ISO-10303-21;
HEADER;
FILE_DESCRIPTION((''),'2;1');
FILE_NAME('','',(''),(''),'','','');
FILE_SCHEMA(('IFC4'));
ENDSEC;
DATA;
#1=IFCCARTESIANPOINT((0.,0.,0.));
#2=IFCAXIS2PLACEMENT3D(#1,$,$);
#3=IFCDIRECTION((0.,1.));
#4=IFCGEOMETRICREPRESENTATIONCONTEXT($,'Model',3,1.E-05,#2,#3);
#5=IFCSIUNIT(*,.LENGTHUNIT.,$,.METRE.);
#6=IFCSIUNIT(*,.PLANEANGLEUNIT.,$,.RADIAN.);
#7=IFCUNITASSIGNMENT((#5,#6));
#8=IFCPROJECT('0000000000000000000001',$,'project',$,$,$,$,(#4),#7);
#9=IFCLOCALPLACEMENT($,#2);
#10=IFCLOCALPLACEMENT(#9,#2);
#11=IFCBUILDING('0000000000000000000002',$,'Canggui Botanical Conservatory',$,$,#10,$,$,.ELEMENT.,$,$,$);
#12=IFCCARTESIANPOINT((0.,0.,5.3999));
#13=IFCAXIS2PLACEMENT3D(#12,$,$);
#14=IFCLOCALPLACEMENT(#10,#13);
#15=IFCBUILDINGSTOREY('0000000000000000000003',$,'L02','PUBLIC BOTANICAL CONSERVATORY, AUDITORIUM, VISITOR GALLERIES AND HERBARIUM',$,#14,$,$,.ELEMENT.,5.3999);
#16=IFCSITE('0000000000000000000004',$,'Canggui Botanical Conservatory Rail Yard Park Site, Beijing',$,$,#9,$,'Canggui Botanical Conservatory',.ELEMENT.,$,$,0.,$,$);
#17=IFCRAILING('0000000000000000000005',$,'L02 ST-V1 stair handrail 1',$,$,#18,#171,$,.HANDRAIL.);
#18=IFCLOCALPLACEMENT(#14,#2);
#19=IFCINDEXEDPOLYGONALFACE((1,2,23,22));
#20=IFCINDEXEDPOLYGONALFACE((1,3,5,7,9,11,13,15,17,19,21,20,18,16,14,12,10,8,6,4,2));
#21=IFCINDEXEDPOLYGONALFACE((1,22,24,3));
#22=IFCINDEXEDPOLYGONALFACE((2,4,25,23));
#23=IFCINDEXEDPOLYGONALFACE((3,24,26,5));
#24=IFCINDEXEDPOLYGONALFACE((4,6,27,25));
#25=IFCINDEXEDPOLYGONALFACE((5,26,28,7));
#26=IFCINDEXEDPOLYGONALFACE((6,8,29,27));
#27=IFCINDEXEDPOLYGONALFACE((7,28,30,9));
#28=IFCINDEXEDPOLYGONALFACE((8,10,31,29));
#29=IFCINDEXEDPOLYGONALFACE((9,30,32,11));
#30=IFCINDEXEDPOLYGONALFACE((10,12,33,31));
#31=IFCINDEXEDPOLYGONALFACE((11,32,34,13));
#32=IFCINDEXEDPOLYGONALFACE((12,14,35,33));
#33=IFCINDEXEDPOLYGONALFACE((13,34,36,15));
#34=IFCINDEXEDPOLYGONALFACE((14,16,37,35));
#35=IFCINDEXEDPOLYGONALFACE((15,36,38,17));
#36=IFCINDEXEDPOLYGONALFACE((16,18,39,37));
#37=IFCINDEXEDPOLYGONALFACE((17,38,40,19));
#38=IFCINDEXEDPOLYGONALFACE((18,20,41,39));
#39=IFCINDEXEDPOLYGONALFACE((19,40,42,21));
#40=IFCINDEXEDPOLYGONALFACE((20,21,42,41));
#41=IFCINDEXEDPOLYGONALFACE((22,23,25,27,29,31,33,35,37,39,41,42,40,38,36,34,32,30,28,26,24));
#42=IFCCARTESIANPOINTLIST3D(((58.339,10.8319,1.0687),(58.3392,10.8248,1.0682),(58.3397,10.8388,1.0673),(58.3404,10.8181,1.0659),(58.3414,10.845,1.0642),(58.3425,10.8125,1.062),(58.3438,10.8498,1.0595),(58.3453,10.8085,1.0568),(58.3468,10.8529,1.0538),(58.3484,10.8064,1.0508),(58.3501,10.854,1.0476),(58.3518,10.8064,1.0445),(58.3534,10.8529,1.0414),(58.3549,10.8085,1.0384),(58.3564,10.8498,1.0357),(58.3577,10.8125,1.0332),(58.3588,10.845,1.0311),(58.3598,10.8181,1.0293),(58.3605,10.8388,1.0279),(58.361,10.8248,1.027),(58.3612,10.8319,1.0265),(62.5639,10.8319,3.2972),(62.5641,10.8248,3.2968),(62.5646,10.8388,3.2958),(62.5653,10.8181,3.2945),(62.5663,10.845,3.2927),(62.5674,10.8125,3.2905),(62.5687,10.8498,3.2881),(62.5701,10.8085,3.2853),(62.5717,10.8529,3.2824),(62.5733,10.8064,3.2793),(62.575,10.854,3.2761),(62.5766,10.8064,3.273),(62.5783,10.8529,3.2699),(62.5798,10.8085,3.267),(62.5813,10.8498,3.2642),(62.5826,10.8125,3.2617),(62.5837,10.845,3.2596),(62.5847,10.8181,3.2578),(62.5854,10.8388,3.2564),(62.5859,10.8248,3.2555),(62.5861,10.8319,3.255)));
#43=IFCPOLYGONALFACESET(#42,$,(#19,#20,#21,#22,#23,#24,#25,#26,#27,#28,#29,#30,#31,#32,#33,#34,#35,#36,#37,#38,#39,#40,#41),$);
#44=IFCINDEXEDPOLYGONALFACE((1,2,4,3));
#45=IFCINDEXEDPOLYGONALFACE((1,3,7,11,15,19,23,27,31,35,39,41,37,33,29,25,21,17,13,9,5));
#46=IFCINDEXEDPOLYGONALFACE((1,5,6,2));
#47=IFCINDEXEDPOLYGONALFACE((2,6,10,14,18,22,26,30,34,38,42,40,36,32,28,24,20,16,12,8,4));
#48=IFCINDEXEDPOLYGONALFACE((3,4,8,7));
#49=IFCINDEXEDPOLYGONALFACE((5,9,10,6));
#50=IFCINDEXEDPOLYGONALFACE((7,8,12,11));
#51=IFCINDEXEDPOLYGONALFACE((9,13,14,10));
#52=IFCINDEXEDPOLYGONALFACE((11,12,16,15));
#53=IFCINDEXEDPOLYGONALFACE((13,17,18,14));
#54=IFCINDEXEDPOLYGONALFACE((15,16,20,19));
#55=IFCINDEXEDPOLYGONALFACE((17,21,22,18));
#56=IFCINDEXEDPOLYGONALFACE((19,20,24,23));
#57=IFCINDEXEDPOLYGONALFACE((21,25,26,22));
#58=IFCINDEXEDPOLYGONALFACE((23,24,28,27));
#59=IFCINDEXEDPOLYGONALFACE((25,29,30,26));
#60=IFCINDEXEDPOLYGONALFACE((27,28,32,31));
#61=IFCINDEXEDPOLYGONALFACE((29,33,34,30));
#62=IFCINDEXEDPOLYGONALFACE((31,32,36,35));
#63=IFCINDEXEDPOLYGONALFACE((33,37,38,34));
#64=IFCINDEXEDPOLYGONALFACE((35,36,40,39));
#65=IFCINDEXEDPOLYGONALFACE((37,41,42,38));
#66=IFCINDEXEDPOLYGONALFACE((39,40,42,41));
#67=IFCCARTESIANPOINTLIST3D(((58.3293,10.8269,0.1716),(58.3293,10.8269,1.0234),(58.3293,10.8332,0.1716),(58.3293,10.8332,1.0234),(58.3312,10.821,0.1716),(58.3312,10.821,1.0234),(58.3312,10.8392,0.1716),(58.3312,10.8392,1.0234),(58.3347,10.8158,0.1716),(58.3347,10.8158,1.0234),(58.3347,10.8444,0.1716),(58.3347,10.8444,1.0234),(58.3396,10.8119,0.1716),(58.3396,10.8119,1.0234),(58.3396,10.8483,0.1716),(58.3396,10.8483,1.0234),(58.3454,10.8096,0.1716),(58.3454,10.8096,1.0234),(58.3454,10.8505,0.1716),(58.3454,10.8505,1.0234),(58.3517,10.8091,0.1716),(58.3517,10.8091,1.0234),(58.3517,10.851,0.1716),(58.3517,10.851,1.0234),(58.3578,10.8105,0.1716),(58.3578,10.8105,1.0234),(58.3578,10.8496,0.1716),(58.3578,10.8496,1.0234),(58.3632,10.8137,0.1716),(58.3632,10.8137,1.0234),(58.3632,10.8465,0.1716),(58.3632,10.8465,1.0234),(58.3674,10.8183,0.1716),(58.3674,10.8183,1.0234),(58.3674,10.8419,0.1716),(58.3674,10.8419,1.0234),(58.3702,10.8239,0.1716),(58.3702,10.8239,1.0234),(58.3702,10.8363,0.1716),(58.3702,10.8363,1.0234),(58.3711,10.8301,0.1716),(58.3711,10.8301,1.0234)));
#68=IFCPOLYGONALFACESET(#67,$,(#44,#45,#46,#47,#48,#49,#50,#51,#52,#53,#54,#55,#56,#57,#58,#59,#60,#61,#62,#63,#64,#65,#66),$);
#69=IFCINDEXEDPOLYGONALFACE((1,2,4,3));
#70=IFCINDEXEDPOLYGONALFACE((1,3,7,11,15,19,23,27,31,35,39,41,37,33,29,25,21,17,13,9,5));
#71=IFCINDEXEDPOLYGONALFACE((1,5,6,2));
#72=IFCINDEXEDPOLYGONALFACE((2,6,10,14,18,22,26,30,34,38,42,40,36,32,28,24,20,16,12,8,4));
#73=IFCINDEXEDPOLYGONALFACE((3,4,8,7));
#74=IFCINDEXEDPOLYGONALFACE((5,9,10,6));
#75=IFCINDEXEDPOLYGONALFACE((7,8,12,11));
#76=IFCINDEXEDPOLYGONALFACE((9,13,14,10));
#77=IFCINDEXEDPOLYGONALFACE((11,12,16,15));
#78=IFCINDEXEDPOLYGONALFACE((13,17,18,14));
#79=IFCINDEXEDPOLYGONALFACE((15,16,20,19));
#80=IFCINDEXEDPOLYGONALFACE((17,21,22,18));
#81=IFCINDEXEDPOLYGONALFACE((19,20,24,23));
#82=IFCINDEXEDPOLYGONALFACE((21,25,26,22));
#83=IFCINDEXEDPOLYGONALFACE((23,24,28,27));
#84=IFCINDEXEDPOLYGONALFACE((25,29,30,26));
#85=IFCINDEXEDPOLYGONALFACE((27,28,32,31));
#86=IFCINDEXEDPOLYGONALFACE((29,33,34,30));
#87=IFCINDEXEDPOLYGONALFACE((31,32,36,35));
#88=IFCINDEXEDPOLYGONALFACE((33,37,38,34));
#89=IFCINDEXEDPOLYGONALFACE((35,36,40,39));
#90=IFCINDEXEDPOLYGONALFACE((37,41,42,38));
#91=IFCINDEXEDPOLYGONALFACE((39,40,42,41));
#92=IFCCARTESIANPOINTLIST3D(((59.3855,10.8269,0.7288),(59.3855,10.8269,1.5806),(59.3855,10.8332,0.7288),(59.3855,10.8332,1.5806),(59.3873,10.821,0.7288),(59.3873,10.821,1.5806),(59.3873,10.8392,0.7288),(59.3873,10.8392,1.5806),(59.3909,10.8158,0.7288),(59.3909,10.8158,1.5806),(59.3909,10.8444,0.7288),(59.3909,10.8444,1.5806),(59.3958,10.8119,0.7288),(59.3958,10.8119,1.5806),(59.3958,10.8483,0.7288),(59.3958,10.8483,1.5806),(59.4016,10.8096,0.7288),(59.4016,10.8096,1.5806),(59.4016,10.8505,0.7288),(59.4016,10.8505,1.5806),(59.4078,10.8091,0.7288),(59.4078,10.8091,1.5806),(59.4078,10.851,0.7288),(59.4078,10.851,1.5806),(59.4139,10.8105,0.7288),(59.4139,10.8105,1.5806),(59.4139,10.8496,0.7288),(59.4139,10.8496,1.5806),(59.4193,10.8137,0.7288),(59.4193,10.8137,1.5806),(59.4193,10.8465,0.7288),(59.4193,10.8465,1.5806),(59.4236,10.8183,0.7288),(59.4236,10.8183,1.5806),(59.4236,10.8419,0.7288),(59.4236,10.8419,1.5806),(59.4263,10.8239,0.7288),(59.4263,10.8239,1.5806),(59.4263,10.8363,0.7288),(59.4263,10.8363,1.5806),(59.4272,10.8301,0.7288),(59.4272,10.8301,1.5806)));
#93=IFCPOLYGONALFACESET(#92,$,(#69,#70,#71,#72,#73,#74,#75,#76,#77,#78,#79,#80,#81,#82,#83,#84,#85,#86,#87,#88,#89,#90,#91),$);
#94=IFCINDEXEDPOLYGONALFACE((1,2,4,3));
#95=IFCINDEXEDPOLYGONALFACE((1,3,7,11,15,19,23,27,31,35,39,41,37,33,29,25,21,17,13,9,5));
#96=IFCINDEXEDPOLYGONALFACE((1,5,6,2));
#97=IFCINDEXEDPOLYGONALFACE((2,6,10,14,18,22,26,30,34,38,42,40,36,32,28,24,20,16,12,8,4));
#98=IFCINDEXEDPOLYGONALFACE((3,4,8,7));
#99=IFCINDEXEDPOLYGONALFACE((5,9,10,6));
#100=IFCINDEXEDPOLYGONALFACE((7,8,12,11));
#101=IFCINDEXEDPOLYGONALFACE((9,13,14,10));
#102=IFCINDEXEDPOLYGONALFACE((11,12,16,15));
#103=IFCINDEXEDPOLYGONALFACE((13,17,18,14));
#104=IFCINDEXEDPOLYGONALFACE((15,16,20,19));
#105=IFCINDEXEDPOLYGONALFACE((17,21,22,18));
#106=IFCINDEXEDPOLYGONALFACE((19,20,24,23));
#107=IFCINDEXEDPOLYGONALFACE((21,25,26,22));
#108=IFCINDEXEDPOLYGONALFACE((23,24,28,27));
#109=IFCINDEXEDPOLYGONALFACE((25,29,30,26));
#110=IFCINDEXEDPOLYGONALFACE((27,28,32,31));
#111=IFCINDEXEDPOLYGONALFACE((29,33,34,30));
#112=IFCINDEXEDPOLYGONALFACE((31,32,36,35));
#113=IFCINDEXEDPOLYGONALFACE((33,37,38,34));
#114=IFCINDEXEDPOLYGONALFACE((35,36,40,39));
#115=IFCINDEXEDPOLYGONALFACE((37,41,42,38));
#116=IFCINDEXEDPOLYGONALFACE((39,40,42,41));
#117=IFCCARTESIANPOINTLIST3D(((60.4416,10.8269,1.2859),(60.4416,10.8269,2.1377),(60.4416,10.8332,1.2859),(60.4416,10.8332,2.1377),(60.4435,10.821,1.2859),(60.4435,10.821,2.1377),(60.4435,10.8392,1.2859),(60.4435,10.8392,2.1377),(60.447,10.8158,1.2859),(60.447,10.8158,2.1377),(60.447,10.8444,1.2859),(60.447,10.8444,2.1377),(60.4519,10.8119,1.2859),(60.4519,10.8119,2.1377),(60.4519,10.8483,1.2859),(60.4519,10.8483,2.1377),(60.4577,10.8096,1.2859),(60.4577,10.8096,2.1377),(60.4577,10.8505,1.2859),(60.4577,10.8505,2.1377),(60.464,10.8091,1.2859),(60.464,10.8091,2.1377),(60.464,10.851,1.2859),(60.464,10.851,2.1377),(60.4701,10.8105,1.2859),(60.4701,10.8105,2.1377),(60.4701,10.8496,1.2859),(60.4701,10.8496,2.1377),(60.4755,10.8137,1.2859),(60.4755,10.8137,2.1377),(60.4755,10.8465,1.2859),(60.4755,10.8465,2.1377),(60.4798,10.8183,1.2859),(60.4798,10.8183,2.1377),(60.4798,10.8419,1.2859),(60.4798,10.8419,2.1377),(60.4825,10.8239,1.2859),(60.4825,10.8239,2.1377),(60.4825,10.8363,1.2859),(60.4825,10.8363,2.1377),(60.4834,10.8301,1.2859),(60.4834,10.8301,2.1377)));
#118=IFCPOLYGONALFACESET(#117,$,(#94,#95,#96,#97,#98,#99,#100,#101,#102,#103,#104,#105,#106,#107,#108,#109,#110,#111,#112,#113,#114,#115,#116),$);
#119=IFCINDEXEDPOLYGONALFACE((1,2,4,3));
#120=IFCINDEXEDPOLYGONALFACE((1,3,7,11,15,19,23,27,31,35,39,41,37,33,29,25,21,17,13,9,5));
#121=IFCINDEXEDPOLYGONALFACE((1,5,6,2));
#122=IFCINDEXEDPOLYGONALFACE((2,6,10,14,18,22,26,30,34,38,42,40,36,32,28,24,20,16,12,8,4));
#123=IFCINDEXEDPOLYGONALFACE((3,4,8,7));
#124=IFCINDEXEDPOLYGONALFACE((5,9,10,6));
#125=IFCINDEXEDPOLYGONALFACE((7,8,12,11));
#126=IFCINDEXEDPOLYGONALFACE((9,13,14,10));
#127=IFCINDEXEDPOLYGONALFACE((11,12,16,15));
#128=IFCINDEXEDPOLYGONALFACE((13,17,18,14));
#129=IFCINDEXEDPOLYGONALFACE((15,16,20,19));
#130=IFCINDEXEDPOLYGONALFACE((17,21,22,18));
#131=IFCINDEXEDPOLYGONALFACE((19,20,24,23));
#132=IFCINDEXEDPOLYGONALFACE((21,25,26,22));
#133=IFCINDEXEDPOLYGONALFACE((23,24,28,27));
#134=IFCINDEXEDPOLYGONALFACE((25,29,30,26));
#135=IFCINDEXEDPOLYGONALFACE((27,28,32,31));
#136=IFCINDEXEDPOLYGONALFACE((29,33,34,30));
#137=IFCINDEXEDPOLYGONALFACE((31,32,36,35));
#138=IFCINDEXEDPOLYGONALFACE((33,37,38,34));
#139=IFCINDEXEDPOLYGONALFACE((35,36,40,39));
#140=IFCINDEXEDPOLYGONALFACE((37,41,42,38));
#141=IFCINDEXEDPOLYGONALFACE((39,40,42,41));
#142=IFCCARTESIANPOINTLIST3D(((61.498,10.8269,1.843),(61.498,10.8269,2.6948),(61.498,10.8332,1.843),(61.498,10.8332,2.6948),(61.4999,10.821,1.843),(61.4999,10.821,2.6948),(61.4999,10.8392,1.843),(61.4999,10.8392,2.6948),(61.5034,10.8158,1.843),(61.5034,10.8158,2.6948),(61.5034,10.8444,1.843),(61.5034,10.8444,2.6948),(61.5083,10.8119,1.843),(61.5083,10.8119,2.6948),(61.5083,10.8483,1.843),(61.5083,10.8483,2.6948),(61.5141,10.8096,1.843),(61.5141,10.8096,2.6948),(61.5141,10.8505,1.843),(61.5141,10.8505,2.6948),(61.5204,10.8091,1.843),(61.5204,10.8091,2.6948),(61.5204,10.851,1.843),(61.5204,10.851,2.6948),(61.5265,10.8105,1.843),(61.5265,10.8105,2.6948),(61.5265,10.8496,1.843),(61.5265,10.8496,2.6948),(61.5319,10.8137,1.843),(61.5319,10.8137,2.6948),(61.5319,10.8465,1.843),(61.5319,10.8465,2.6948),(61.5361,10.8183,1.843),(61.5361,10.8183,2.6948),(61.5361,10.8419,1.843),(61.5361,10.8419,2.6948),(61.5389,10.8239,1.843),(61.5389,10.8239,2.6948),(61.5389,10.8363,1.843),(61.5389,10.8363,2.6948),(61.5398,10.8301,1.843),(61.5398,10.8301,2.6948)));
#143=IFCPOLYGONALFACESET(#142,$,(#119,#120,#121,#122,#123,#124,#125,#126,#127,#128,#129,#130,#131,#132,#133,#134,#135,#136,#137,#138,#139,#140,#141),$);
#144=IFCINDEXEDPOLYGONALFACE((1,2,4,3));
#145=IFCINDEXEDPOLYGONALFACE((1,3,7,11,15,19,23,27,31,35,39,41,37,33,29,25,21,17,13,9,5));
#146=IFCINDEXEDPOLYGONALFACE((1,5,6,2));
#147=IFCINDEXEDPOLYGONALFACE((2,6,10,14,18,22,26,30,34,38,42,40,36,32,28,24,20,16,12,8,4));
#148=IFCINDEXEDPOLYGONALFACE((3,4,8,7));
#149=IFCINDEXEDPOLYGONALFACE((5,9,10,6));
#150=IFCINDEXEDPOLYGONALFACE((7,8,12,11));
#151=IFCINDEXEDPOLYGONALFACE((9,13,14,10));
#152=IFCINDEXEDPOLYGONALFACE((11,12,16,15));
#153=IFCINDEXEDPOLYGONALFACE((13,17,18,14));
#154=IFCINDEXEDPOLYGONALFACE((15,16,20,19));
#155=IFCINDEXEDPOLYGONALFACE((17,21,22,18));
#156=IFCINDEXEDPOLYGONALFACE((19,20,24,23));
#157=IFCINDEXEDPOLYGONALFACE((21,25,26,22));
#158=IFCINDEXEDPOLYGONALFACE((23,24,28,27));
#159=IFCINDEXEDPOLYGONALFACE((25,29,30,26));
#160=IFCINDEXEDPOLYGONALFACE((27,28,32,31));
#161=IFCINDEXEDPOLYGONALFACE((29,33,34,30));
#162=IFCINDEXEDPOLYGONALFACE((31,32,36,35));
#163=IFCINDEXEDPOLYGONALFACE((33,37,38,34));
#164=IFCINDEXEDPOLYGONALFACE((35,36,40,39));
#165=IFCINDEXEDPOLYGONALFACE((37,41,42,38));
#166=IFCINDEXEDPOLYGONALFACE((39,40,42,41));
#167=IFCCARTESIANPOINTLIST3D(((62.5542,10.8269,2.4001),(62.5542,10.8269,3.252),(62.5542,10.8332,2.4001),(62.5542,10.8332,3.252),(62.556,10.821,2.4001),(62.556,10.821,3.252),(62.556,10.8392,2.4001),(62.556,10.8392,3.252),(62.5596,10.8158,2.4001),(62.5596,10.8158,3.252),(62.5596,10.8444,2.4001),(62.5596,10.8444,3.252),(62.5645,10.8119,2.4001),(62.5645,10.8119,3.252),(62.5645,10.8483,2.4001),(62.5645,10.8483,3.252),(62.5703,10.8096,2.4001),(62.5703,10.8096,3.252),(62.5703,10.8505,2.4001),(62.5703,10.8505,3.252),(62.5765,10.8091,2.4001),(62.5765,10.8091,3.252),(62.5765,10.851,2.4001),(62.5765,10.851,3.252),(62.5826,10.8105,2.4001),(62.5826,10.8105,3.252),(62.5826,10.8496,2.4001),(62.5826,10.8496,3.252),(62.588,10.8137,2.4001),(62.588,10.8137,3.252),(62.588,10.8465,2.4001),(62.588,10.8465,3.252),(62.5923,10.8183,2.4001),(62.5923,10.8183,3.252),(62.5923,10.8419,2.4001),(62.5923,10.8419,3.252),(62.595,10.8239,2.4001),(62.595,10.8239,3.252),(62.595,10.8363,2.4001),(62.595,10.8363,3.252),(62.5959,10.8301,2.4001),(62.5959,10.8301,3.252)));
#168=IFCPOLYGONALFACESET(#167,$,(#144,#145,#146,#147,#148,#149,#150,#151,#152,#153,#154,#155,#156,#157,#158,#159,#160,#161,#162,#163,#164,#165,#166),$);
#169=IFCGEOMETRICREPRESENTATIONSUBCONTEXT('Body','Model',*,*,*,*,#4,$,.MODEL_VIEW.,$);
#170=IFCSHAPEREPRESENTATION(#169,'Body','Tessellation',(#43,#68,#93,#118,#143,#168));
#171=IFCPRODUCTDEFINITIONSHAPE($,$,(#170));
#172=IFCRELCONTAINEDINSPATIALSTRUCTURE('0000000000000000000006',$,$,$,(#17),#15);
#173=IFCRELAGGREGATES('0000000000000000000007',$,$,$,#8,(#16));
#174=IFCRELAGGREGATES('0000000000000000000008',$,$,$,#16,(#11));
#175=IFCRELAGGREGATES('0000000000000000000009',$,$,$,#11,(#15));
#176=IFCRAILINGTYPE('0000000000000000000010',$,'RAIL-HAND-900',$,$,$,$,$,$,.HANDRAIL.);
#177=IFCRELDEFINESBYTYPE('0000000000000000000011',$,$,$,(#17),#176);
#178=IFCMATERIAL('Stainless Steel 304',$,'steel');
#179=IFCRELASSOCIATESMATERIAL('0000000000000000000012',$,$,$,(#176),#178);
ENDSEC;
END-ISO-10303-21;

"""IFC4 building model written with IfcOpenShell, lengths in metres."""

from ifc_helpers import new_model, si_unit, direction, frame, origin, origin_2d, place, context, subcontext, project, spatial, circle, extrude, material, type_object, element, save


model = new_model("IFC4")

# Units and contexts
model_context = context("Model", 3, precision=1e-05, world=origin(), true_north=direction((0.0, 1.0)))
body_context = subcontext(model_context, "Body", "Model", "MODEL_VIEW")
ifc_project = project(units=[si_unit("LENGTHUNIT", "METRE"), si_unit("PLANEANGLEUNIT", "RADIAN")], contexts=[model_context])

# Site, building, storey
site_placement = place(None, origin())
site = spatial("IfcSite", under=ifc_project, at=site_placement, Name="Canggui Botanical Conservatory Rail Yard Park Site, Beijing", LongName="Canggui Botanical Conservatory", CompositionType="ELEMENT", RefElevation=0.0)
building_placement = place(site_placement, origin())
building = spatial("IfcBuilding", under=site, at=building_placement, Name="Canggui Botanical Conservatory", CompositionType="ELEMENT")
storey_placement = place(building_placement, frame((0.0, 0.0, 5.3999)))
storey = spatial("IfcBuildingStorey", under=building, at=storey_placement, Name="L02", Description="PUBLIC BOTANICAL CONSERVATORY, AUDITORIUM, VISITOR GALLERIES AND HERBARIUM", CompositionType="ELEMENT", Elevation=5.3999)

# Railing
ifc_material_1 = material(Name="Stainless Steel 304", Category="steel")
railing_type_1 = type_object("IfcRailingType", Name="RAIL-HAND-900", PredefinedType="HANDRAIL", material=ifc_material_1)
railing_1_placement = place(storey_placement, frame((58.3501, 10.8301, 0.1716)))
element("IfcRailing", 1, at=railing_1_placement, inside=storey, type_object=railing_type_1, Name="L02 ST-V1 stair handrail 1", PredefinedType="HANDRAIL", context=body_context, shape_type="SweptSolid", body=[
    extrude(circle(Radius=0.0239, at=origin_2d()), frame((0.0, 0.0, 0.876), z_axis=(0.884494, 0.0, 0.466551), x_axis=(0.0, 1.0, 0.0)), (0.0, 0.0, 1.0), 4.7766),
    extrude(circle(Radius=0.021, at=origin_2d()), origin(), (0.0, 0.0, 1.0), 0.8518),
    extrude(circle(Radius=0.021, at=origin_2d()), frame((1.0562, 0.0, 0.5571)), (0.0, 0.0, 1.0), 0.8518),
    extrude(circle(Radius=0.021, at=origin_2d()), frame((2.1123, 0.0, 1.1143)), (0.0, 0.0, 1.0), 0.8518),
    extrude(circle(Radius=0.021, at=origin_2d()), frame((3.1687, 0.0, 1.6714)), (0.0, 0.0, 1.0), 0.8518),
    extrude(circle(Radius=0.021, at=origin_2d()), frame((4.2249, 0.0, 2.2285)), (0.0, 0.0, 1.0), 0.8518),
])

save(model, "model.ifc")
